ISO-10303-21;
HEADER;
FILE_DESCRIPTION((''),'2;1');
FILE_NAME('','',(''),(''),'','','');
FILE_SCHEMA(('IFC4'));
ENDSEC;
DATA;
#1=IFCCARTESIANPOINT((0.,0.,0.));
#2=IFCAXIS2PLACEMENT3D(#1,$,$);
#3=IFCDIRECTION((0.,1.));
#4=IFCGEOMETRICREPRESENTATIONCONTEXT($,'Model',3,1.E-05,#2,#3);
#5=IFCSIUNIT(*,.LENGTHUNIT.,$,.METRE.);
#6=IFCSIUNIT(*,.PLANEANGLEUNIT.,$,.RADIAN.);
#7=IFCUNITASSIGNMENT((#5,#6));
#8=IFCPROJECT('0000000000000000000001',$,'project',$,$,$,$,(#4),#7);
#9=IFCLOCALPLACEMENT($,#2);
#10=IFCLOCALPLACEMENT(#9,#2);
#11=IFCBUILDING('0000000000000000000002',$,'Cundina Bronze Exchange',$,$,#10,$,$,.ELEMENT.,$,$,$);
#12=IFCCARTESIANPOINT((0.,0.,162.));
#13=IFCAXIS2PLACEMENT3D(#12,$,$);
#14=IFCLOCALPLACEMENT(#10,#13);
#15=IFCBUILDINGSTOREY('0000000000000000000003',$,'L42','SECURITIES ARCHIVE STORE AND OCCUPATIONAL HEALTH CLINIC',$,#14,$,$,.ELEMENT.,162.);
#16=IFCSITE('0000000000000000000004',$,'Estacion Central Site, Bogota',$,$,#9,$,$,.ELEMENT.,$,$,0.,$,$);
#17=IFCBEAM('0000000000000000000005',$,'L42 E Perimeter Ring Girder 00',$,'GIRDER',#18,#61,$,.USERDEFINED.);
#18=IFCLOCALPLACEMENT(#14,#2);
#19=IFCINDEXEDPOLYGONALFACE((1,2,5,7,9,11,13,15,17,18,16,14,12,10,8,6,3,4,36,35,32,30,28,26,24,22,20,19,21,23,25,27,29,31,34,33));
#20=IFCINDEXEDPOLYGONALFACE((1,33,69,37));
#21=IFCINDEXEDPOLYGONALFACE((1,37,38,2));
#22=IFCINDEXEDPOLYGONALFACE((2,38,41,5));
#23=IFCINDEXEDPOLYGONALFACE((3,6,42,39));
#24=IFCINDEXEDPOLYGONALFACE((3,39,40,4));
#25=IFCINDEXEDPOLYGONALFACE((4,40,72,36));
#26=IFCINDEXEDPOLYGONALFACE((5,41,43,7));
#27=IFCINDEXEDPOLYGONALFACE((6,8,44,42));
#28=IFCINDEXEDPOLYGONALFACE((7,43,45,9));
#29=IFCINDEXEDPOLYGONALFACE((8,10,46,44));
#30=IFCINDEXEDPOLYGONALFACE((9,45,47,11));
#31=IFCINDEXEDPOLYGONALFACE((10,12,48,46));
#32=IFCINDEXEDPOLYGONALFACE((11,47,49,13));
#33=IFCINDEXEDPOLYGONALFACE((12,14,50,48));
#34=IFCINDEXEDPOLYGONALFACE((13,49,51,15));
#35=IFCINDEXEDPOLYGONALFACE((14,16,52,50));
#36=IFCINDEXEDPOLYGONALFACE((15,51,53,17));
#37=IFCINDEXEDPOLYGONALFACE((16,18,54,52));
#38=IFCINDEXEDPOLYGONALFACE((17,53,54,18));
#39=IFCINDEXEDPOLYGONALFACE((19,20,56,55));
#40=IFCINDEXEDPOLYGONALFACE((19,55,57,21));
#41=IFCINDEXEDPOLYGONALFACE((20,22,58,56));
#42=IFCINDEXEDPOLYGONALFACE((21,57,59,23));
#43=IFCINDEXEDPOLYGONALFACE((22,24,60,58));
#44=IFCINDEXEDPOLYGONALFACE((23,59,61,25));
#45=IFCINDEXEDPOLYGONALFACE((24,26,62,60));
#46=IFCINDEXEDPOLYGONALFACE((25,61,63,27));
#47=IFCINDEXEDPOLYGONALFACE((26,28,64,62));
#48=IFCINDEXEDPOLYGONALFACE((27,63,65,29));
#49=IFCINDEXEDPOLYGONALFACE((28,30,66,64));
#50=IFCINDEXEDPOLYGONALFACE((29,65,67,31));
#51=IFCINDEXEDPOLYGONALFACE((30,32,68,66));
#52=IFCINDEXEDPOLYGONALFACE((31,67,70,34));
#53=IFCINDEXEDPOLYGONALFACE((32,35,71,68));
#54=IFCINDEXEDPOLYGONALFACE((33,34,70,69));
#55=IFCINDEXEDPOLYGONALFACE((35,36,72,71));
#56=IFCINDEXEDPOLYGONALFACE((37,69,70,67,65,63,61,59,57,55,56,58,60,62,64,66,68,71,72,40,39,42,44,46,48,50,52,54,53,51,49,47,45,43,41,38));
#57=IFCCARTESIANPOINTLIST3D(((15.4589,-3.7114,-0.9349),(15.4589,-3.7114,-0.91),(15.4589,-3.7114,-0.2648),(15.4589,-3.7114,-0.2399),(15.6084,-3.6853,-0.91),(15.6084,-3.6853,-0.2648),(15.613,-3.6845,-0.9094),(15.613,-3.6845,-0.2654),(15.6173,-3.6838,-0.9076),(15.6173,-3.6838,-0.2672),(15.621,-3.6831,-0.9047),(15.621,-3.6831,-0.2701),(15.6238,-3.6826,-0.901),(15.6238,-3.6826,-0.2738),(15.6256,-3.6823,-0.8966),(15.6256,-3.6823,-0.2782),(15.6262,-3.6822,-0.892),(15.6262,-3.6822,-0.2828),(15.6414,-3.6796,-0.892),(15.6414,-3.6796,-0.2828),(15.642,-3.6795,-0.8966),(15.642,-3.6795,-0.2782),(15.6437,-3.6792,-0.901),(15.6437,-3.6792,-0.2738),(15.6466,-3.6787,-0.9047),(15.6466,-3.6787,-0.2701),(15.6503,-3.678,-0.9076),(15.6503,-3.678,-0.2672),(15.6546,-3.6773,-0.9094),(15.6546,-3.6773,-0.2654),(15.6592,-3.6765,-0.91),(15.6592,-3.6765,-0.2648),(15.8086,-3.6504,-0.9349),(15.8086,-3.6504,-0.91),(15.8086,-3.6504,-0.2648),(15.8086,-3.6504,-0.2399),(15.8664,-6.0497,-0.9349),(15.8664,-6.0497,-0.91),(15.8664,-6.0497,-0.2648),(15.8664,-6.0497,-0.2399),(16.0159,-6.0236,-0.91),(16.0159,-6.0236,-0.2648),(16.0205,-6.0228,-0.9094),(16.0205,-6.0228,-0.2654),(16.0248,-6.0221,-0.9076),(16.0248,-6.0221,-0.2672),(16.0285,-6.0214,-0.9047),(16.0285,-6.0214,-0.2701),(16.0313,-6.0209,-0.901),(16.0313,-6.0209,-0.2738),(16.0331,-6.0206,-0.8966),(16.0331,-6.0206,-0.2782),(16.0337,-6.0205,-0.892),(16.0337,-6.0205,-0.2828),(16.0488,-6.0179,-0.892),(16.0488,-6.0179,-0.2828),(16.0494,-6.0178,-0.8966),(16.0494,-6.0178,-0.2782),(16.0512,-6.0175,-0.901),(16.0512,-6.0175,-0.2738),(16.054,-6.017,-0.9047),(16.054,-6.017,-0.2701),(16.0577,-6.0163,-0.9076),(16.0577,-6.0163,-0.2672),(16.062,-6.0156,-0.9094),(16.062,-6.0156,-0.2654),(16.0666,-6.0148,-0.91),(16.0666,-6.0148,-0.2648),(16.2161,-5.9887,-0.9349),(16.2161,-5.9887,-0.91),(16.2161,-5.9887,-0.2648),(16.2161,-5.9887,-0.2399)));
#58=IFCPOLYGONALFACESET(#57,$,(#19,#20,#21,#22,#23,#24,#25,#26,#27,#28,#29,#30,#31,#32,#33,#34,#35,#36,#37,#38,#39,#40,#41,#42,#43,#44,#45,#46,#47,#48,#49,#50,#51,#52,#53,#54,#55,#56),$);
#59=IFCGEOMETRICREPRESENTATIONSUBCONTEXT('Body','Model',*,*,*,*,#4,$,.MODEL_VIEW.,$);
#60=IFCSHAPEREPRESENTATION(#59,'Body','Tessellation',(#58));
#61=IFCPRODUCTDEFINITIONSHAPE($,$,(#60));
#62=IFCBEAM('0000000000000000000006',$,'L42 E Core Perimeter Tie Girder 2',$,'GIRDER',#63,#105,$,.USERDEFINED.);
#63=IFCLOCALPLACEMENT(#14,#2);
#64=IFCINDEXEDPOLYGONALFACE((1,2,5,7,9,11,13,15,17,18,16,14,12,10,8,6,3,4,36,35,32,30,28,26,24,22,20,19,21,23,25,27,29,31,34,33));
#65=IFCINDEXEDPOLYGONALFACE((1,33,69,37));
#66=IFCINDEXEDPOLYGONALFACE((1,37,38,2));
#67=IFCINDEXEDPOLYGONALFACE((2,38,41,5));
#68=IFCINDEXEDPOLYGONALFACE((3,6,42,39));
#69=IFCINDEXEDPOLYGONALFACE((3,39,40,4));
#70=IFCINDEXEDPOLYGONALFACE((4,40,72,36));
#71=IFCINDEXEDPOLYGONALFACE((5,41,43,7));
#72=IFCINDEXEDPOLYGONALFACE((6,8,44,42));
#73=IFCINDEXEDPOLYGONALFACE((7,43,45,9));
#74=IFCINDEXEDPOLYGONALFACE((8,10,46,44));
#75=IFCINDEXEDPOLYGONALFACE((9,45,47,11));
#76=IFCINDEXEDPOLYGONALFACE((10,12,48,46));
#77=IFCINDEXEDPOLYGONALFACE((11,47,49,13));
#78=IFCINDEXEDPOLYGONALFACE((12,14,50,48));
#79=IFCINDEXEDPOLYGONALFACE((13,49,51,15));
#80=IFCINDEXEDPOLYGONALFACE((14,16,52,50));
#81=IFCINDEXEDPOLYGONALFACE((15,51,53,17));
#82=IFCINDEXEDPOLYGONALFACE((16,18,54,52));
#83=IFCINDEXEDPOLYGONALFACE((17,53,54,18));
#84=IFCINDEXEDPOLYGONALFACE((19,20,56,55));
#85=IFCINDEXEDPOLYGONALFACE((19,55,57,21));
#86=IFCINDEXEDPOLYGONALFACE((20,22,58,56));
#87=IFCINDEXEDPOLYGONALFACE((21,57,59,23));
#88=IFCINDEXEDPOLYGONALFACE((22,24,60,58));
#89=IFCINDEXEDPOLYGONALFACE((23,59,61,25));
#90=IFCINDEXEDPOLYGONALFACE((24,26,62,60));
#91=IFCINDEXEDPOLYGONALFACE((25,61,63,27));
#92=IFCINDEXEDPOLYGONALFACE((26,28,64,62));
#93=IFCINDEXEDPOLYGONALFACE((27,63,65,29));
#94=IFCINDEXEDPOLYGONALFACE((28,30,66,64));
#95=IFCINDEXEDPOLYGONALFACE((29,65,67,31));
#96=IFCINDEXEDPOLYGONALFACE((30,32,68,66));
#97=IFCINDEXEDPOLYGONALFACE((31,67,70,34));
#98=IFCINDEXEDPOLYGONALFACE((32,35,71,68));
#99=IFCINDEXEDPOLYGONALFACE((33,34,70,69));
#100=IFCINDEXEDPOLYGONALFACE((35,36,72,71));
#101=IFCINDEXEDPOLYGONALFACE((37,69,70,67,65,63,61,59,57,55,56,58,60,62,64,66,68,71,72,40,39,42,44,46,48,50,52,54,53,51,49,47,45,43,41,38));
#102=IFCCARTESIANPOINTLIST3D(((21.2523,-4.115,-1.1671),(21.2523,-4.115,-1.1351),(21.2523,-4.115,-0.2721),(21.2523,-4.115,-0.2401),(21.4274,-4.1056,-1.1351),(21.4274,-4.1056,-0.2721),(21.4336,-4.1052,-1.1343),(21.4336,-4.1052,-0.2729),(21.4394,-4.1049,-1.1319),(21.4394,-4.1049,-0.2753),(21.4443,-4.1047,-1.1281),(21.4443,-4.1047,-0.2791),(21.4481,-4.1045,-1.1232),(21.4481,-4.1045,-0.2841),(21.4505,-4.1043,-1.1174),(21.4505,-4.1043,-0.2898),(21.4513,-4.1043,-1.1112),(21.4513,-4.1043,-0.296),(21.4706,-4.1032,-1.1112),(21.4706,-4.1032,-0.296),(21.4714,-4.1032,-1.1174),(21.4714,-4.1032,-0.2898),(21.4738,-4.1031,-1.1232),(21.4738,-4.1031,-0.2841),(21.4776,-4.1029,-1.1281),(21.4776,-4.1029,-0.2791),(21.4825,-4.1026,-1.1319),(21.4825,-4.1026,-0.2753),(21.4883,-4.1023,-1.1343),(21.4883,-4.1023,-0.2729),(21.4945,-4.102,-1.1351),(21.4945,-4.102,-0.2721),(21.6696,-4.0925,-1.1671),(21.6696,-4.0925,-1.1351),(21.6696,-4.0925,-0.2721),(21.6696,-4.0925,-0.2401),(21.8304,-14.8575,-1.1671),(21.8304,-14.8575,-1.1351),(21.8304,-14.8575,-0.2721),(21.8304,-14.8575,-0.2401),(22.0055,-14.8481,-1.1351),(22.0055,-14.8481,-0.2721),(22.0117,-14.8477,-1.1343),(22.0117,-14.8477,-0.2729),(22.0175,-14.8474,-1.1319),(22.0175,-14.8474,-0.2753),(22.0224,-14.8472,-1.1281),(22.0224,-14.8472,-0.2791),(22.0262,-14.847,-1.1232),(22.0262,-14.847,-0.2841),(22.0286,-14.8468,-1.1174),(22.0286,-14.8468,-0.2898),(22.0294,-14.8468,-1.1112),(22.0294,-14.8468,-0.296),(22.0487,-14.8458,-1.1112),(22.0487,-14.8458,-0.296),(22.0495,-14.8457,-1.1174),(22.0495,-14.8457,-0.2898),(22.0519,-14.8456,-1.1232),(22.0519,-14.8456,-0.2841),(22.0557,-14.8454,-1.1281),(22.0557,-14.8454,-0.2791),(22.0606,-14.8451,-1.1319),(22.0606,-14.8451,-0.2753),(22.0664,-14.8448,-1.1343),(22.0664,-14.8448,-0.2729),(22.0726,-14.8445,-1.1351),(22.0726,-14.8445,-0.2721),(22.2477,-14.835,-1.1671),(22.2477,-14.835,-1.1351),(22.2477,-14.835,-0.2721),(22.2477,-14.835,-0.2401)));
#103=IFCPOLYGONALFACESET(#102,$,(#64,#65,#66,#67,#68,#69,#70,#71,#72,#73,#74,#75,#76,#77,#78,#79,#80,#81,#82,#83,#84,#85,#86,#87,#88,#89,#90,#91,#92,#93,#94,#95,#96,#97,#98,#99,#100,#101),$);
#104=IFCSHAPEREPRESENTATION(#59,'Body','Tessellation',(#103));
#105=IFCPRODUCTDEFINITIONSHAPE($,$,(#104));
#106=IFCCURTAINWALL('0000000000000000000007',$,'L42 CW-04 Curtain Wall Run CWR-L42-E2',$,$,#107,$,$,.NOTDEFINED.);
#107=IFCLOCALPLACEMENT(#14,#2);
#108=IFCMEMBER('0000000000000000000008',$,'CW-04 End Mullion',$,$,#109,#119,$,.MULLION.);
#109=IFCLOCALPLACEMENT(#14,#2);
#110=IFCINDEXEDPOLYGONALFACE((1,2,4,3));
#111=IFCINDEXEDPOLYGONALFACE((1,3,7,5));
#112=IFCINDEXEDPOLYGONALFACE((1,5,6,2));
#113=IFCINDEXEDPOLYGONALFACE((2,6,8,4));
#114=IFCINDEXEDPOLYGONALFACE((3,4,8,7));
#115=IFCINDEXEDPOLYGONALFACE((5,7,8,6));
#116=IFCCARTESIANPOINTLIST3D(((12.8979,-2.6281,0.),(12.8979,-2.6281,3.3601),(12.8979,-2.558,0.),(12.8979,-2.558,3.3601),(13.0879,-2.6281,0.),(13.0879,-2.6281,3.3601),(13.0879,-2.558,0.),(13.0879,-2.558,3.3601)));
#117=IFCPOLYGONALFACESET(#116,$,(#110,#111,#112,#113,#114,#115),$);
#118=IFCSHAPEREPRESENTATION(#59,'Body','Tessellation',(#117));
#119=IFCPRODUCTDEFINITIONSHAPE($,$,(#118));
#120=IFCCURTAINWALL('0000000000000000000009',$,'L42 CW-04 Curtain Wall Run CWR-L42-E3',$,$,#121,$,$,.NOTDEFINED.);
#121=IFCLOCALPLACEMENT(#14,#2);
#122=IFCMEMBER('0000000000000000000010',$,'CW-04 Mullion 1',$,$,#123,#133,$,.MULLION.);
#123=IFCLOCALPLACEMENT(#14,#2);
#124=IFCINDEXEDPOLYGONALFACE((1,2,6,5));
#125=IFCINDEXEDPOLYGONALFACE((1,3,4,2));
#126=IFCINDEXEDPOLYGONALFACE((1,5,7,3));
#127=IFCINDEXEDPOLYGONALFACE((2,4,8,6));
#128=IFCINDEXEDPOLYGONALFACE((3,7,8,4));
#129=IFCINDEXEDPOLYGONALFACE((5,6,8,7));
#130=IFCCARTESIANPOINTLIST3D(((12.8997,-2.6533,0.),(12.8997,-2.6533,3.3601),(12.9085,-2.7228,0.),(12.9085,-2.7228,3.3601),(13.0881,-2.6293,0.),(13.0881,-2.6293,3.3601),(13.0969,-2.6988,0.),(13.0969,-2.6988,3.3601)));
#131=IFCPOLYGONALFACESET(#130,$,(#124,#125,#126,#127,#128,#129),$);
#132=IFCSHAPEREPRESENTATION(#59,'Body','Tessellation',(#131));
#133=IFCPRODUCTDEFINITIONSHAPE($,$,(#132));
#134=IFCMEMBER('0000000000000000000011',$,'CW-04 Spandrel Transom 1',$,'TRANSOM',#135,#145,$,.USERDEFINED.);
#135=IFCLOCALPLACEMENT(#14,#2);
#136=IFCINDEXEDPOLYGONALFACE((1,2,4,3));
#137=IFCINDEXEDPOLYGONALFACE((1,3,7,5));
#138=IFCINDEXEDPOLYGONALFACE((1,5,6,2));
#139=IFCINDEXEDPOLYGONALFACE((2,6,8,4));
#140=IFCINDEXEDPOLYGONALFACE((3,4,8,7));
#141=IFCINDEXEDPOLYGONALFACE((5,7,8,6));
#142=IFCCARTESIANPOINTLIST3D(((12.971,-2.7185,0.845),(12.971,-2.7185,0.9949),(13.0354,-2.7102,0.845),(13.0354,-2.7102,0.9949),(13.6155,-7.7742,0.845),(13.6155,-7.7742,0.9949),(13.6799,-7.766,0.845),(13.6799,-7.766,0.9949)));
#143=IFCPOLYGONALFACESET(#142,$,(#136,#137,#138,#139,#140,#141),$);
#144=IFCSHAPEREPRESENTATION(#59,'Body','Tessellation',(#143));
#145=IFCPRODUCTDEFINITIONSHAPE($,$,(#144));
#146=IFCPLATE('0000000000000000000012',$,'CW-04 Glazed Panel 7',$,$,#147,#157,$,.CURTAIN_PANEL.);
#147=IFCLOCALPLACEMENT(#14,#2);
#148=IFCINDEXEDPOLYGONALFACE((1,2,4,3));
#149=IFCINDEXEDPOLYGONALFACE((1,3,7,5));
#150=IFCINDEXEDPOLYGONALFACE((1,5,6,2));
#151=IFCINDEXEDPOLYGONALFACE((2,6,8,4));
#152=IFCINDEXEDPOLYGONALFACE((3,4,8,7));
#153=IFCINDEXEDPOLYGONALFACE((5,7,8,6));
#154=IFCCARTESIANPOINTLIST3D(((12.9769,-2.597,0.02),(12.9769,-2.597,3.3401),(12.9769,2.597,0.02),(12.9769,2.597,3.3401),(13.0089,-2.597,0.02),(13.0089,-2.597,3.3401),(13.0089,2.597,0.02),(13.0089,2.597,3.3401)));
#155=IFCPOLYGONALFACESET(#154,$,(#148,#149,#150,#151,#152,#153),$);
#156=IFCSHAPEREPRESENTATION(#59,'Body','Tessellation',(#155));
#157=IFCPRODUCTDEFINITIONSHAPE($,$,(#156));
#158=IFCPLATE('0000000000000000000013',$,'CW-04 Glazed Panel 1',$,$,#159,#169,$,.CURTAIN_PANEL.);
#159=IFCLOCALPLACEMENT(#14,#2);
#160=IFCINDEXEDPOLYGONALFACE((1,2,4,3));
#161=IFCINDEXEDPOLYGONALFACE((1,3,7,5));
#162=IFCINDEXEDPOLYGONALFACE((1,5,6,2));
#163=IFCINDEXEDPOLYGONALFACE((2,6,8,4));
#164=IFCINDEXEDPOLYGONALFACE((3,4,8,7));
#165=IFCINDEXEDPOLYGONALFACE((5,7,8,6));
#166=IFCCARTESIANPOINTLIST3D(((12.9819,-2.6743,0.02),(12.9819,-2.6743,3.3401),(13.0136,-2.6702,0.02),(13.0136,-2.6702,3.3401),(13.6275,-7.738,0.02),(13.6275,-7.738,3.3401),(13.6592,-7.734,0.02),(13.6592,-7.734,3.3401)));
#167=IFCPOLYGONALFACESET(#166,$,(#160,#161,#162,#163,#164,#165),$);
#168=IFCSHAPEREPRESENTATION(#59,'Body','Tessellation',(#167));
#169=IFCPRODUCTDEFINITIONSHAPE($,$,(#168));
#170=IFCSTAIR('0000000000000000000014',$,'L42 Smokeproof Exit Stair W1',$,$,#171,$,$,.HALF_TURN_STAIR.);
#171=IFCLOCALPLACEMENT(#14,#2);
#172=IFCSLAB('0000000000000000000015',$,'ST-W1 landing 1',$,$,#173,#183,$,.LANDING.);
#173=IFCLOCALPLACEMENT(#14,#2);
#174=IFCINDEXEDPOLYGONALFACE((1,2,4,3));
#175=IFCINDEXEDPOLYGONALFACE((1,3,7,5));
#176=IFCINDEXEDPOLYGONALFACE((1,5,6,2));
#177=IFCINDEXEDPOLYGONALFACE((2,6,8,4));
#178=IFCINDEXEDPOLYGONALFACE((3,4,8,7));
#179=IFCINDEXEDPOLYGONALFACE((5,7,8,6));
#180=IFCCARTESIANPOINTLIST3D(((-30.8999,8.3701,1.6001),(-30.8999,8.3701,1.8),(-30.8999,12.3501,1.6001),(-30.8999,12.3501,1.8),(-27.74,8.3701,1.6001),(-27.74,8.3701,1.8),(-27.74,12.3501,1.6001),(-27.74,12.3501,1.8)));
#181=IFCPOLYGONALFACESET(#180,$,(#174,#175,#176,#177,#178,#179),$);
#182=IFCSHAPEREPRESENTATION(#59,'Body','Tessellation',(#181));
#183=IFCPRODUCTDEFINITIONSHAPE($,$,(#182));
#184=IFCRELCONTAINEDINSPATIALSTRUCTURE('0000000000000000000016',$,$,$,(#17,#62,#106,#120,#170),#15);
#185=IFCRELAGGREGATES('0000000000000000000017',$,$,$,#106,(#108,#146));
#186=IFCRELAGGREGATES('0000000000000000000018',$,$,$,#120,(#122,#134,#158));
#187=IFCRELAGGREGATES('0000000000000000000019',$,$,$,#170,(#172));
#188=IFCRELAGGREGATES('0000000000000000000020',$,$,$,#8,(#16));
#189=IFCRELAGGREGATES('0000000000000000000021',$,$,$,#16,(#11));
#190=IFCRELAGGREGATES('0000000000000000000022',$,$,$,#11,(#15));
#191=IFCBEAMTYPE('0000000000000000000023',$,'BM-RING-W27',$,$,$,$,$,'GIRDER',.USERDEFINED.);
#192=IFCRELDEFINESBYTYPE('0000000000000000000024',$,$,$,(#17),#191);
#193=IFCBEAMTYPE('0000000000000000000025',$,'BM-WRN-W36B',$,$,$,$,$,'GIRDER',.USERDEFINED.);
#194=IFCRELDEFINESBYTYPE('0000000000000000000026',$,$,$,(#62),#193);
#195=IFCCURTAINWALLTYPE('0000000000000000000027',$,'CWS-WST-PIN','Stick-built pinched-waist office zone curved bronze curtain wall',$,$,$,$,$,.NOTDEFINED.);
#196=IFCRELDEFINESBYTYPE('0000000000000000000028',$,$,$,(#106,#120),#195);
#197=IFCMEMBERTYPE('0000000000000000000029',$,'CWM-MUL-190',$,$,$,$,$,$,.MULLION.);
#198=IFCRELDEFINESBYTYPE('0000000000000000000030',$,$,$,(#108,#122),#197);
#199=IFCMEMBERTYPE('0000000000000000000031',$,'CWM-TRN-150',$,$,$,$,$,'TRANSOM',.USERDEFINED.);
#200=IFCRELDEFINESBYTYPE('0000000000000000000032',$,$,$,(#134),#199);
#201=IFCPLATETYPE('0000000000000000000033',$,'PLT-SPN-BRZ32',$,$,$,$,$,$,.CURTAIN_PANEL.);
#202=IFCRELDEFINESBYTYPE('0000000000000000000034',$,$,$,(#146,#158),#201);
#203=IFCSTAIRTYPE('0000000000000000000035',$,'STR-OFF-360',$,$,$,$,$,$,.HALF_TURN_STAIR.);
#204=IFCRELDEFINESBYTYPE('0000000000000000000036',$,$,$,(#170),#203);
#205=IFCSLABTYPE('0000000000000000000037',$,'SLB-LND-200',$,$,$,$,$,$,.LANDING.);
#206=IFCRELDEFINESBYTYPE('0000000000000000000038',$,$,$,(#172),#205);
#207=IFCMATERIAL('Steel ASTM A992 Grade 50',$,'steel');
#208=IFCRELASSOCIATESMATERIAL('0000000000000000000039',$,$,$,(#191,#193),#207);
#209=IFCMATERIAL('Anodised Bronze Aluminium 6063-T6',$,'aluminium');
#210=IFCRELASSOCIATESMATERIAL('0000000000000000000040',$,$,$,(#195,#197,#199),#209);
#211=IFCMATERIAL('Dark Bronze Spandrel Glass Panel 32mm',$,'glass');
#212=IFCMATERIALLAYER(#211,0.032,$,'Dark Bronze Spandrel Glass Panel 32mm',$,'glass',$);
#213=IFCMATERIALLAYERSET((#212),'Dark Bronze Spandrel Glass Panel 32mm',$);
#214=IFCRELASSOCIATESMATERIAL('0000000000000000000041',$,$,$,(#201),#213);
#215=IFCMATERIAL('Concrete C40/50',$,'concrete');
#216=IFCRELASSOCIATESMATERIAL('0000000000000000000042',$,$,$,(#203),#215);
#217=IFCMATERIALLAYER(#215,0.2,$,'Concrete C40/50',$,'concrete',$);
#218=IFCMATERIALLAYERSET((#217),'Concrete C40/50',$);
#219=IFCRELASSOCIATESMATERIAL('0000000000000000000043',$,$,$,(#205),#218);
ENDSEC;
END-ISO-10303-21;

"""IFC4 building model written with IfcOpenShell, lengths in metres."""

from ifc_helpers import new_model, si_unit, direction, frame, origin, origin_2d, place, context, subcontext, project, spatial, polyline, rectangle, i_section, outline, extrude, material, layer, layer_set, material_profile, profile_set, type_object, element, aggregate, save


model = new_model("IFC4")

# Units and contexts
model_context = context("Model", 3, precision=1e-05, world=origin(), true_north=direction((0.0, 1.0)))
body_context = subcontext(model_context, "Body", "Model", "MODEL_VIEW")
ifc_project = project(units=[si_unit("LENGTHUNIT", "METRE"), si_unit("PLANEANGLEUNIT", "RADIAN")], contexts=[model_context])

# Site, building, storey
site_placement = place(None, origin())
site = spatial("IfcSite", under=ifc_project, at=site_placement, Name="Estacion Central Site, Bogota", CompositionType="ELEMENT", RefElevation=0.0)
building_placement = place(site_placement, origin())
building = spatial("IfcBuilding", under=site, at=building_placement, Name="Cundina Bronze Exchange", CompositionType="ELEMENT")
storey_placement = place(building_placement, frame((0.0, 0.0, 162.0)))
storey = spatial("IfcBuildingStorey", under=building, at=storey_placement, Name="L42", Description="SECURITIES ARCHIVE STORE AND OCCUPATIONAL HEALTH CLINIC", CompositionType="ELEMENT", Elevation=162.0)

# Shared definitions
ifc_material_1 = material(Name="Steel ASTM A992 Grade 50", Category="steel")

# Beams
ifc_material_profile_1 = material_profile(ifc_material_1, i_section(OverallWidth=0.355, OverallDepth=0.6951, WebThickness=0.0154, FlangeThickness=0.0249, FilletRadius=0.0181, at=origin_2d()), Name="W27X146", Category="steel")
ifc_profile_set_1 = profile_set([ifc_material_profile_1], Name="Steel ASTM A992 Grade 50")
beam_type_1 = type_object("IfcBeamType", Name="BM-RING-W27", ElementType="GIRDER", PredefinedType="USERDEFINED", material=ifc_profile_set_1)
beam_1_placement = place(storey_placement, frame((15.6338, -3.6809, -0.5874), z_axis=(0.171667, -0.985155, 0.0), x_axis=(0.985155, 0.171667, 0.0)))
element("IfcBeam", 1, at=beam_1_placement, inside=storey, type_object=beam_type_1, Name="L42 E Perimeter Ring Girder 00", ObjectType="GIRDER", PredefinedType="USERDEFINED", context=body_context, shape_type="SweptSolid", body=[
    extrude(i_section(OverallWidth=0.355, OverallDepth=0.6951, WebThickness=0.0154, FlangeThickness=0.0249, FilletRadius=0.0181, at=origin_2d()), origin(), (0.0, 0.0, 1.0), 2.3735),
])
ifc_material_profile_2 = material_profile(ifc_material_1, i_section(OverallWidth=0.418, OverallDepth=0.927, WebThickness=0.0193, FlangeThickness=0.032, FilletRadius=0.0239, at=origin_2d()), Name="W36X231", Category="steel")
ifc_profile_set_2 = profile_set([ifc_material_profile_2], Name="Steel ASTM A992 Grade 50")
beam_type_2 = type_object("IfcBeamType", Name="BM-WRN-W36B", ElementType="GIRDER", PredefinedType="USERDEFINED", material=ifc_profile_set_2)
beam_2_placement = place(storey_placement, frame((21.4609, -4.1038, -0.7036), z_axis=(0.053739, -0.998555, 0.0), x_axis=(0.998555, 0.053739, 0.0)))
element("IfcBeam", 2, at=beam_2_placement, inside=storey, type_object=beam_type_2, Name="L42 E Core Perimeter Tie Girder 2", ObjectType="GIRDER", PredefinedType="USERDEFINED", context=body_context, shape_type="SweptSolid", body=[
    extrude(i_section(OverallWidth=0.418, OverallDepth=0.927, WebThickness=0.0193, FlangeThickness=0.032, FilletRadius=0.0239, at=origin_2d()), origin(), (0.0, 0.0, 1.0), 10.7581),
])

# Curtain wall, member
ifc_material_2 = material(Name="Anodised Bronze Aluminium 6063-T6", Category="aluminium")
curtain_wall_type = type_object("IfcCurtainWallType", Name="CWS-WST-PIN", Description="Stick-built pinched-waist office zone curved bronze curtain wall", PredefinedType="NOTDEFINED", material=ifc_material_2)
curtain_wall_1_placement = place(storey_placement, origin())
curtain_wall_1 = element("IfcCurtainWall", 3, at=curtain_wall_1_placement, inside=storey, type_object=curtain_wall_type, Name="L42 CW-04 Curtain Wall Run CWR-L42-E2", PredefinedType="NOTDEFINED")
ifc_material_profile_3 = material_profile(ifc_material_2, rectangle(XDim=0.0701, YDim=0.1899, at=origin_2d()), Name="AL70X190", Category="aluminium")
ifc_profile_set_3 = profile_set([ifc_material_profile_3], Name="Anodised Bronze Aluminium 6063-T6")
member_type_1 = type_object("IfcMemberType", Name="CWM-MUL-190", PredefinedType="MULLION", material=ifc_profile_set_3)
member_1_placement = place(storey_placement, frame((12.9929, -2.593, 0.0), z_axis=(0.0, 0.0, 1.0), x_axis=(0.0, -1.0, 0.0)))
member_1 = element("IfcMember", 4, at=member_1_placement, type_object=member_type_1, Name="CW-04 End Mullion", PredefinedType="MULLION", context=body_context, shape_type="SweptSolid", body=[
    extrude(rectangle(XDim=0.0701, YDim=0.1899, at=origin_2d()), origin(), (0.0, 0.0, 1.0), 3.3601),
])

# Curtain wall, members
curtain_wall_2_placement = place(storey_placement, origin())
curtain_wall_2 = element("IfcCurtainWall", 5, at=curtain_wall_2_placement, inside=storey, type_object=curtain_wall_type, Name="L42 CW-04 Curtain Wall Run CWR-L42-E3", PredefinedType="NOTDEFINED")
member_2_placement = place(storey_placement, frame((12.9983, -2.676, 0.0), z_axis=(0.0, 0.0, 1.0), x_axis=(0.126545, -0.991961, 0.0)))
member_2 = element("IfcMember", 6, at=member_2_placement, type_object=member_type_1, Name="CW-04 Mullion 1", PredefinedType="MULLION", context=body_context, shape_type="SweptSolid", body=[
    extrude(rectangle(XDim=0.0701, YDim=0.1899, at=origin_2d()), origin(), (0.0, 0.0, 1.0), 3.3601),
])
ifc_material_profile_4 = material_profile(ifc_material_2, rectangle(XDim=0.0649, YDim=0.1499, at=origin_2d()), Name="AL65X150", Category="aluminium")
ifc_profile_set_4 = profile_set([ifc_material_profile_4], Name="Anodised Bronze Aluminium 6063-T6")
member_type_2 = type_object("IfcMemberType", Name="CWM-TRN-150", ElementType="TRANSOM", PredefinedType="USERDEFINED", material=ifc_profile_set_4)
member_3_placement = place(storey_placement, frame((13.0032, -2.7144, 0.9199), z_axis=(0.126463, -0.991971, 0.0), x_axis=(0.991971, 0.126463, 0.0)))
member_3 = element("IfcMember", 7, at=member_3_placement, type_object=member_type_2, Name="CW-04 Spandrel Transom 1", ObjectType="TRANSOM", PredefinedType="USERDEFINED", context=body_context, shape_type="SweptSolid", body=[
    extrude(rectangle(XDim=0.0649, YDim=0.1499, at=origin_2d()), origin(), (0.0, 0.0, 1.0), 5.0967),
])

# Plates
ifc_material_3 = material(Name="Dark Bronze Spandrel Glass Panel 32mm", Category="glass")
ifc_layer_1 = layer(ifc_material_3, 0.032, Name="Dark Bronze Spandrel Glass Panel 32mm", Category="glass")
ifc_layer_set_1 = layer_set([ifc_layer_1], Name="Dark Bronze Spandrel Glass Panel 32mm")
plate_type = type_object("IfcPlateType", Name="PLT-SPN-BRZ32", PredefinedType="CURTAIN_PANEL", material=ifc_layer_set_1)
plate_1_placement = place(storey_placement, frame((12.9929, 0.0, 0.02), z_axis=(0.0, 0.0, 1.0), x_axis=(0.0, -1.0, 0.0)))
plate_1 = element("IfcPlate", 8, at=plate_1_placement, type_object=plate_type, Name="CW-04 Glazed Panel 7", PredefinedType="CURTAIN_PANEL", context=body_context, shape_type="SweptSolid", body=[
    extrude(rectangle(XDim=5.1941, YDim=0.032, at=origin_2d()), origin(), (0.0, 0.0, 1.0), 3.3201),
])
aggregate(curtain_wall_1, [member_1, plate_1])
plate_2_placement = place(storey_placement, frame((13.3206, -5.2041, 0.02), z_axis=(0.0, 0.0, 1.0), x_axis=(0.126476, -0.99197, 0.0)))
plate_2 = element("IfcPlate", 9, at=plate_2_placement, type_object=plate_type, Name="CW-04 Glazed Panel 1", PredefinedType="CURTAIN_PANEL", context=body_context, shape_type="SweptSolid", body=[
    extrude(rectangle(XDim=5.1047, YDim=0.032, at=origin_2d()), origin(), (0.0, 0.0, 1.0), 3.3201),
])
aggregate(curtain_wall_2, [member_2, member_3, plate_2])

# Stair, slab
ifc_material_4 = material(Name="Concrete C40/50", Category="concrete")
stair_type = type_object("IfcStairType", Name="STR-OFF-360", PredefinedType="HALF_TURN_STAIR", material=ifc_material_4)
stair_1_placement = place(storey_placement, origin())
stair_1 = element("IfcStair", 10, at=stair_1_placement, inside=storey, type_object=stair_type, Name="L42 Smokeproof Exit Stair W1", PredefinedType="HALF_TURN_STAIR")
ifc_layer_2 = layer(ifc_material_4, 0.2, Name="Concrete C40/50", Category="concrete")
ifc_layer_set_2 = layer_set([ifc_layer_2], Name="Concrete C40/50")
slab_type = type_object("IfcSlabType", Name="SLB-LND-200", PredefinedType="LANDING", material=ifc_layer_set_2)
slab_1_placement = place(storey_placement, frame((0.0, 0.0, 1.6001)))
slab_1 = element("IfcSlab", 11, at=slab_1_placement, type_object=slab_type, Name="ST-W1 landing 1", PredefinedType="LANDING", context=body_context, shape_type="SweptSolid", body=[
    extrude(outline(polyline([(-27.74, 8.3701), (-27.74, 12.3501), (-30.8999, 12.3501), (-30.8999, 8.3701), (-27.74, 8.3701)])), origin(), (0.0, 0.0, 1.0), 0.2),
])
aggregate(stair_1, [slab_1])

save(model, "model.ifc")
